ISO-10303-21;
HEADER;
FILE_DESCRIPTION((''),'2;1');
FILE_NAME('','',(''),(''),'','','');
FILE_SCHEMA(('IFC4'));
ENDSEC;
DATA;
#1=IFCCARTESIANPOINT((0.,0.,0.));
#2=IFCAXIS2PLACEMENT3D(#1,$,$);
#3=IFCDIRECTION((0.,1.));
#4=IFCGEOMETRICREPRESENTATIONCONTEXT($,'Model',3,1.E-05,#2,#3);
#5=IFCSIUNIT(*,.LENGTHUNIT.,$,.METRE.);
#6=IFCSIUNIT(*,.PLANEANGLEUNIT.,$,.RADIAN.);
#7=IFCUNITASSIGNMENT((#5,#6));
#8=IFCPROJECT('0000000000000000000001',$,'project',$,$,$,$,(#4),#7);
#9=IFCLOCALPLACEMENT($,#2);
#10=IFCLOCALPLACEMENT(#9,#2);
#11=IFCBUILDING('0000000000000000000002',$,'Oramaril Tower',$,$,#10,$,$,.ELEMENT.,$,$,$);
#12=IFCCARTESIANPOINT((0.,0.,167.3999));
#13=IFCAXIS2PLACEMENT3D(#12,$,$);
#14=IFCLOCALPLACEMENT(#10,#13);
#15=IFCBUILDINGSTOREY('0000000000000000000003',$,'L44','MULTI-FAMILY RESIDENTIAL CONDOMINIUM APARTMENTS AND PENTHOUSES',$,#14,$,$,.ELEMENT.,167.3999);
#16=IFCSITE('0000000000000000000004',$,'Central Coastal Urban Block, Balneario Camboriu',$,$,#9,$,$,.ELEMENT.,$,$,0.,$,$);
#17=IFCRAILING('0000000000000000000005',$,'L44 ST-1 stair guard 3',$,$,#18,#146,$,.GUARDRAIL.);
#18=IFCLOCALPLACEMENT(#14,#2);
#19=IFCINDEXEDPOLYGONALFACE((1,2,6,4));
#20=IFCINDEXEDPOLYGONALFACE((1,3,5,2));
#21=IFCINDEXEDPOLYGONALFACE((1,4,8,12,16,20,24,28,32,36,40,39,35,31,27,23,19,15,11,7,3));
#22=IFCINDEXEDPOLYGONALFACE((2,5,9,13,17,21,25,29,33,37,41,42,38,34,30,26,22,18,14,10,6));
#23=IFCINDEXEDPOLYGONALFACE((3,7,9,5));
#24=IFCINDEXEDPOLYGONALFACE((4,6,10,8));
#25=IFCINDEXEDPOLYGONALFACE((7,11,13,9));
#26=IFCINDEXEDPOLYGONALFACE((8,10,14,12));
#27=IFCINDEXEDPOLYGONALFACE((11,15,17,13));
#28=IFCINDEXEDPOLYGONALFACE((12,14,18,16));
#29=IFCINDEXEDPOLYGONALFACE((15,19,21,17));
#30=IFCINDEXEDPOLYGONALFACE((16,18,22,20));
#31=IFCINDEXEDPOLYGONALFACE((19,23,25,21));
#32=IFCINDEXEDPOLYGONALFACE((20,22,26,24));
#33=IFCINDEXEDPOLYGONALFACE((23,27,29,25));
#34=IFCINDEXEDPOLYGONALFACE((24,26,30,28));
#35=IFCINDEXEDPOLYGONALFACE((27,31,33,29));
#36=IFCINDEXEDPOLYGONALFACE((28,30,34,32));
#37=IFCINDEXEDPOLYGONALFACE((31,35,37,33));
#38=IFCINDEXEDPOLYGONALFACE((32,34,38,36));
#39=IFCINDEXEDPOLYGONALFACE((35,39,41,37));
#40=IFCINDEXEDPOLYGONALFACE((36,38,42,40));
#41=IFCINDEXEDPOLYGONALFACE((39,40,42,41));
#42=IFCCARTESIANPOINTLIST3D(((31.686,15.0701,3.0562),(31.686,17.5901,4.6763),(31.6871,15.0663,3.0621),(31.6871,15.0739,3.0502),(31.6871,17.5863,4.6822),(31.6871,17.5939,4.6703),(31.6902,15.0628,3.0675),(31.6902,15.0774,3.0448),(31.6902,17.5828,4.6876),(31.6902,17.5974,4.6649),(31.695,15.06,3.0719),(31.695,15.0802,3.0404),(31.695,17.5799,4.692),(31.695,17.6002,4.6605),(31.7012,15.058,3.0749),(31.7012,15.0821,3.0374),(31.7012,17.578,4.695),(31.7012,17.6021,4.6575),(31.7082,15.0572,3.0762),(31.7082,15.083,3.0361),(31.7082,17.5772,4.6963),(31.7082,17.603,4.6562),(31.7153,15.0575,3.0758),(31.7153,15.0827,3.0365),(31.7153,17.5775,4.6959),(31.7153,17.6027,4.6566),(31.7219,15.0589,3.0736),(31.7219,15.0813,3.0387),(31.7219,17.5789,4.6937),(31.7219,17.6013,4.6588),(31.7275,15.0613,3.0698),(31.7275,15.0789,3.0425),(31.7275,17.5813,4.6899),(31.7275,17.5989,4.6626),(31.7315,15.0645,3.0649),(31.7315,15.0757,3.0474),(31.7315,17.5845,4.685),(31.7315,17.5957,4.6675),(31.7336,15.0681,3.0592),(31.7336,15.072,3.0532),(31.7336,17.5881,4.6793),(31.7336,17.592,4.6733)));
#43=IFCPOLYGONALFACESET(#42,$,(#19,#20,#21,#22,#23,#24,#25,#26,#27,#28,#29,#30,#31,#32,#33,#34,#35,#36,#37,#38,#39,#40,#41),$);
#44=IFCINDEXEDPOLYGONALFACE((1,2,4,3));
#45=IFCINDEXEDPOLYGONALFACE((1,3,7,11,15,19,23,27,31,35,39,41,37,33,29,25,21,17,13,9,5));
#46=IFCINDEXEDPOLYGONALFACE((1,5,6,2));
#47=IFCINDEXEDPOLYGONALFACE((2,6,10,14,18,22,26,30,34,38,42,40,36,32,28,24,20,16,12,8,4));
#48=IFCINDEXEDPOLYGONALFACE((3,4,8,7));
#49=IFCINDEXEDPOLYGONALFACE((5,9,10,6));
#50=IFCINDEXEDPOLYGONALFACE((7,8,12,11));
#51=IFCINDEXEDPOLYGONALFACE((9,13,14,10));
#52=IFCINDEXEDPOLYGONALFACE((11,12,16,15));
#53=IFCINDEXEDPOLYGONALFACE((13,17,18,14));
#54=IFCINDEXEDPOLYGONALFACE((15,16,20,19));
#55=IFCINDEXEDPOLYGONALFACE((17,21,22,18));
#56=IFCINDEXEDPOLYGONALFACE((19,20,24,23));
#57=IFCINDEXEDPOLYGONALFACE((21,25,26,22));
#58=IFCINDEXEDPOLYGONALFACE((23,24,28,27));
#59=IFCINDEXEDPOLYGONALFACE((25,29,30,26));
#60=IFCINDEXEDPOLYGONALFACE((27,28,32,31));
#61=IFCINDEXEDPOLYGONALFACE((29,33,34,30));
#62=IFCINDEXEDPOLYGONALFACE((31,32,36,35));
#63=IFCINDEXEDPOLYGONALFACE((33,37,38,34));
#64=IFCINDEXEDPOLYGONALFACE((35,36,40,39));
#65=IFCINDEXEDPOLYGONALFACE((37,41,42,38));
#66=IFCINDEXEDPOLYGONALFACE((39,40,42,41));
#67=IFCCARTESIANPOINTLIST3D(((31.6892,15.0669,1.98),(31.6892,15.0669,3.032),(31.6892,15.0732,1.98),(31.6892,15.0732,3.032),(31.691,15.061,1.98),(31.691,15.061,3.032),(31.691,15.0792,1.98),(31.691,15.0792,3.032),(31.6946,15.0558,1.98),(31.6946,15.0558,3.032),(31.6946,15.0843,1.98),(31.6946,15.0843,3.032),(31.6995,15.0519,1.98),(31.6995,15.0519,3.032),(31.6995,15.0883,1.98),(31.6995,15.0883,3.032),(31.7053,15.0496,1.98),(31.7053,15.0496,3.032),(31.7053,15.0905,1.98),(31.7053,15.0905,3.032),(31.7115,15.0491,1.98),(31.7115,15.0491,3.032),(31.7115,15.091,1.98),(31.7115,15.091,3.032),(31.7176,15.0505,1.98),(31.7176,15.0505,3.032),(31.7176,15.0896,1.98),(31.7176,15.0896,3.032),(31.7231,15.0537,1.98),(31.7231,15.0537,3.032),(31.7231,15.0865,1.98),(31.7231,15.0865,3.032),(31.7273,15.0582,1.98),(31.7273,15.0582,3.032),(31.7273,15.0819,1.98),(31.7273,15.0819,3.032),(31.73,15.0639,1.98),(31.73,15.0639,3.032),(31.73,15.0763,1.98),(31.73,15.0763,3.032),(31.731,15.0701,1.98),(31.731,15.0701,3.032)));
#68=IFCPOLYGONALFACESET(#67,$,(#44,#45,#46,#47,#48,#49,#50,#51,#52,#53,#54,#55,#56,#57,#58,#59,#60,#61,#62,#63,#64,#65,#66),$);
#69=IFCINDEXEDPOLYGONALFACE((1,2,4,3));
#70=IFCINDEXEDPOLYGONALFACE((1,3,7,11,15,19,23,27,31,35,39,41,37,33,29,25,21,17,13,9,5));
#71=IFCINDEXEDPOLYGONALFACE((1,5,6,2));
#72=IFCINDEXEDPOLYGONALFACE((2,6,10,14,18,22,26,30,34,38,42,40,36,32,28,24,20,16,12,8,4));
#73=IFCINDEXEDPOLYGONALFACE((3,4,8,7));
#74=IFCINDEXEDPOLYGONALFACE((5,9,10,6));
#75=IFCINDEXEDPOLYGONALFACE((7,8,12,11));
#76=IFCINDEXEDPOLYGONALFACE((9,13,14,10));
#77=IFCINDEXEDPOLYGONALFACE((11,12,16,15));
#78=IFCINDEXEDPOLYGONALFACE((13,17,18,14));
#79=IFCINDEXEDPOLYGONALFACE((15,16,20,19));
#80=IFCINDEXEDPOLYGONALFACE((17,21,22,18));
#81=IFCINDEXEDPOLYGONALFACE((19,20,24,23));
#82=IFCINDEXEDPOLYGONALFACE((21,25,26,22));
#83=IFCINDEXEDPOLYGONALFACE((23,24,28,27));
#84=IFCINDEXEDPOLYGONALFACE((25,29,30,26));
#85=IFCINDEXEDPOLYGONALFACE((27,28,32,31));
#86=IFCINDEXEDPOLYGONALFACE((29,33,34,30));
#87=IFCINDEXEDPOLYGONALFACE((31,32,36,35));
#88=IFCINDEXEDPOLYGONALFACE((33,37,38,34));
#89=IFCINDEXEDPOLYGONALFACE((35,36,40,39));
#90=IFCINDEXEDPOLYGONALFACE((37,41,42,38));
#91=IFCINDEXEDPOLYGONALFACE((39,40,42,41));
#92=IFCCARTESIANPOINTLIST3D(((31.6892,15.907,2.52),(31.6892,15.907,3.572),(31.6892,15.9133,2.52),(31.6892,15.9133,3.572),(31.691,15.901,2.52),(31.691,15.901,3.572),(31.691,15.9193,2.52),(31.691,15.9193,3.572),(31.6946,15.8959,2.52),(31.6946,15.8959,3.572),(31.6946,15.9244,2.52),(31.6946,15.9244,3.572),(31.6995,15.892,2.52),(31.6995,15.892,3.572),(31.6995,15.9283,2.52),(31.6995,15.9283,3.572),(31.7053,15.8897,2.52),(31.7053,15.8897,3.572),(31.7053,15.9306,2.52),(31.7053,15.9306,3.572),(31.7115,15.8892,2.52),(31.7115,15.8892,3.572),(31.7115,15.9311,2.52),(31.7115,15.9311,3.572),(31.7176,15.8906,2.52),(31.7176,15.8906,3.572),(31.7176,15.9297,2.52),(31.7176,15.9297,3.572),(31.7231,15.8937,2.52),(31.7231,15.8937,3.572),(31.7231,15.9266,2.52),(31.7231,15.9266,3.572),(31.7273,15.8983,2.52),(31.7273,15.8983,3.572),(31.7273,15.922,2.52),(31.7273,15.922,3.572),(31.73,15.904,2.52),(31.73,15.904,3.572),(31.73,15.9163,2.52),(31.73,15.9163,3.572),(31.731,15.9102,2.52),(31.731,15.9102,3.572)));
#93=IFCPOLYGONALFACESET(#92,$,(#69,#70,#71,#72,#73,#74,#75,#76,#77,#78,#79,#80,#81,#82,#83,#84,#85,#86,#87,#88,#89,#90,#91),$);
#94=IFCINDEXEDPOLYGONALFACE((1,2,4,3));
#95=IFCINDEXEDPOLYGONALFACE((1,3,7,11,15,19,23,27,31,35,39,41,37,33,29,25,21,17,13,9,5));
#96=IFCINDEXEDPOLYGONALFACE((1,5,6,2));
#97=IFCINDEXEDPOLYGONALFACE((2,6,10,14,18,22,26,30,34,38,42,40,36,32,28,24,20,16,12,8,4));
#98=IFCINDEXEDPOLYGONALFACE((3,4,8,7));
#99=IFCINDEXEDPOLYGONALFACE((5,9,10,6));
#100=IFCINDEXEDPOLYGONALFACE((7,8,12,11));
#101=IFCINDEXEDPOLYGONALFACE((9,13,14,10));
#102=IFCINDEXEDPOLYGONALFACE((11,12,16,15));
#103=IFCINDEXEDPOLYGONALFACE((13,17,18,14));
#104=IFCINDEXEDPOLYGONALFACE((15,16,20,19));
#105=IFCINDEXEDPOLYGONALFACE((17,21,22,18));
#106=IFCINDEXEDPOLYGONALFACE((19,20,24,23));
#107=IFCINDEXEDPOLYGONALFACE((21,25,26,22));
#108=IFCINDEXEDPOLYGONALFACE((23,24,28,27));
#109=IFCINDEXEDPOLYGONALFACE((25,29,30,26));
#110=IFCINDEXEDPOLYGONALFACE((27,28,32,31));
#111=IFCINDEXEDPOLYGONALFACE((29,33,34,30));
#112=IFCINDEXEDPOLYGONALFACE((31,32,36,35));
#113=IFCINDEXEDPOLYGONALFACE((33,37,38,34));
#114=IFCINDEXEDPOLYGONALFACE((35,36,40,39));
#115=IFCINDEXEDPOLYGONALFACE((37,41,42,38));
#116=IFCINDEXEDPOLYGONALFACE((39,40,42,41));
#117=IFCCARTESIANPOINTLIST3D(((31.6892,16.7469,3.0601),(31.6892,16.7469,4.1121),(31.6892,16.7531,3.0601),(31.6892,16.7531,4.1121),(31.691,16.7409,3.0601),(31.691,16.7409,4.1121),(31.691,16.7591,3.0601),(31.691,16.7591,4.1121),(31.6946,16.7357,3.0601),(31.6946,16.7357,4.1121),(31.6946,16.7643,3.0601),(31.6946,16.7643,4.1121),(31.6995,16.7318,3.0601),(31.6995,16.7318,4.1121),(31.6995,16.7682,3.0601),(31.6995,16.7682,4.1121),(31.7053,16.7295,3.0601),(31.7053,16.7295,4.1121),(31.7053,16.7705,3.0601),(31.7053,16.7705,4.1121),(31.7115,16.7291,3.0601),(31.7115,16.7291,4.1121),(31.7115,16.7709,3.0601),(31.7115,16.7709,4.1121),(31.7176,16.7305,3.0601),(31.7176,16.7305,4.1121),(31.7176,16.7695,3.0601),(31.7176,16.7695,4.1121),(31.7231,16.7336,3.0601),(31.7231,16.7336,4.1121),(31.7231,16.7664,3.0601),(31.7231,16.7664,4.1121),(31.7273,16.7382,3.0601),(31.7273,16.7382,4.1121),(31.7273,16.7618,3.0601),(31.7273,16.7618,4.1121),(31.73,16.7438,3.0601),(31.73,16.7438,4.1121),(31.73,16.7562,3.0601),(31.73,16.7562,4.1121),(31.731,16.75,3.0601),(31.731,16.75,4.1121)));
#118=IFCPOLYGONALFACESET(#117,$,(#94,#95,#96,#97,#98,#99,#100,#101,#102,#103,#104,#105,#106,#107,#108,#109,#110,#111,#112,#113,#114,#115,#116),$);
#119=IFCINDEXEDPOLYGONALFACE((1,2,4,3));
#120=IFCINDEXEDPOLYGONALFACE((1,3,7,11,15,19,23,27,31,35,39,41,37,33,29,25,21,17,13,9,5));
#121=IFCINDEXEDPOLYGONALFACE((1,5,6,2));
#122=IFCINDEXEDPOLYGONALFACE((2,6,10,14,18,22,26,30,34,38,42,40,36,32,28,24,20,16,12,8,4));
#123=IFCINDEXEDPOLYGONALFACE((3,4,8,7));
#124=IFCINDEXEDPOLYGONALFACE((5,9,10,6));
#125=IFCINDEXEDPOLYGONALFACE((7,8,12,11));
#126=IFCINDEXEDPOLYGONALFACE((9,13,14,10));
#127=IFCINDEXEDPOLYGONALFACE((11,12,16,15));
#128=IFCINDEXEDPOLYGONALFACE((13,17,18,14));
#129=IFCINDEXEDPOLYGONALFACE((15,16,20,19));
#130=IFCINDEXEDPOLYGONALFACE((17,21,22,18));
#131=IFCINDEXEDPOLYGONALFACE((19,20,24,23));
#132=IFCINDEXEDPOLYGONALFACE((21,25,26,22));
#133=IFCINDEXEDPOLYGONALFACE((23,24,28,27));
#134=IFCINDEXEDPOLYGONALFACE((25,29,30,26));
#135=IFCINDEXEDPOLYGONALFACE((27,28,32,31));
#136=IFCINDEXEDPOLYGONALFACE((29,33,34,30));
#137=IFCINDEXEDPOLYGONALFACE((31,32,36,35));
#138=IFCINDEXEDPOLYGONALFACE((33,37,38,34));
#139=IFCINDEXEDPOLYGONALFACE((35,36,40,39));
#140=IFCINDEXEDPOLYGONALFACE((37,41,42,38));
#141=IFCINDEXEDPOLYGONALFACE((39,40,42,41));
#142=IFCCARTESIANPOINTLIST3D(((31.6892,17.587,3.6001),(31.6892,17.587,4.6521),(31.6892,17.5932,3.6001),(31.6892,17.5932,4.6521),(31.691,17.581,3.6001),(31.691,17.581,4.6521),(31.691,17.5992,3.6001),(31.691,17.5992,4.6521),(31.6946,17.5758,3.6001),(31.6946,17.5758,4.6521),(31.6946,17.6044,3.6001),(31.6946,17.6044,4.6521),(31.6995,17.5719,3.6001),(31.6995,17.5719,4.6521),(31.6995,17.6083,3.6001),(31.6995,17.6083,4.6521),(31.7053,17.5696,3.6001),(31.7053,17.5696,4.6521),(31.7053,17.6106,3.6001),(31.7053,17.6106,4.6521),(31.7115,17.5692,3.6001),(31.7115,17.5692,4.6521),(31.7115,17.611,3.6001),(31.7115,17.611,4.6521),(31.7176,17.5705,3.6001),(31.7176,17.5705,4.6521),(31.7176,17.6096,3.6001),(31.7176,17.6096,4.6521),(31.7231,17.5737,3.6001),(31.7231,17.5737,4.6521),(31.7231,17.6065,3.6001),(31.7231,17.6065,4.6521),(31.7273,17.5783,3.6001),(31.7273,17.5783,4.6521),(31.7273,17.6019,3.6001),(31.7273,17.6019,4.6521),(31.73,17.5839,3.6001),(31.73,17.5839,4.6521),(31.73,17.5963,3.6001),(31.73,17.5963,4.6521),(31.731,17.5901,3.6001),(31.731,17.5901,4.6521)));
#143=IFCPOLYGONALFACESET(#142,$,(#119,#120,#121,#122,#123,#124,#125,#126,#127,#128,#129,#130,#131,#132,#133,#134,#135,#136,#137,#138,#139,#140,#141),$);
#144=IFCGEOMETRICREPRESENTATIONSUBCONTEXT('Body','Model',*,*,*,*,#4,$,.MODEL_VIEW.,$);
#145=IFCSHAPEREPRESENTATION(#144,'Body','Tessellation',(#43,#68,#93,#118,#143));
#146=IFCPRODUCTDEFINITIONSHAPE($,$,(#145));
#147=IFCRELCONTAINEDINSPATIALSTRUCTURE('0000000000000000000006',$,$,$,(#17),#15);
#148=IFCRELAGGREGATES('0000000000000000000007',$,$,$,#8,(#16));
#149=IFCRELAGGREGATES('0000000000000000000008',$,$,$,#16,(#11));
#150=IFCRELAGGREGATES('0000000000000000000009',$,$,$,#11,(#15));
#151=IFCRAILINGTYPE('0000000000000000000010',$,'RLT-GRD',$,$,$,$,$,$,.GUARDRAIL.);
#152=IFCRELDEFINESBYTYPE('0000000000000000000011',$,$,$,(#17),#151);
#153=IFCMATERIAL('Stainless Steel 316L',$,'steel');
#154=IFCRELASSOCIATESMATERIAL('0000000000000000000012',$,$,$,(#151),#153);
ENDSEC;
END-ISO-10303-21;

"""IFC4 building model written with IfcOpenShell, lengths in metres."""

from ifc_helpers import new_model, si_unit, direction, frame, origin, origin_2d, place, context, subcontext, project, spatial, circle, extrude, material, type_object, element, save


model = new_model("IFC4")

# Units and contexts
model_context = context("Model", 3, precision=1e-05, world=origin(), true_north=direction((0.0, 1.0)))
body_context = subcontext(model_context, "Body", "Model", "MODEL_VIEW")
ifc_project = project(units=[si_unit("LENGTHUNIT", "METRE"), si_unit("PLANEANGLEUNIT", "RADIAN")], contexts=[model_context])

# Site, building, storey
site_placement = place(None, origin())
site = spatial("IfcSite", under=ifc_project, at=site_placement, Name="Central Coastal Urban Block, Balneario Camboriu", CompositionType="ELEMENT", RefElevation=0.0)
building_placement = place(site_placement, origin())
building = spatial("IfcBuilding", under=site, at=building_placement, Name="Oramaril Tower", CompositionType="ELEMENT")
storey_placement = place(building_placement, frame((0.0, 0.0, 167.3999)))
storey = spatial("IfcBuildingStorey", under=building, at=storey_placement, Name="L44", Description="MULTI-FAMILY RESIDENTIAL CONDOMINIUM APARTMENTS AND PENTHOUSES", CompositionType="ELEMENT", Elevation=167.3999)

# Railing
ifc_material_1 = material(Name="Stainless Steel 316L", Category="steel")
railing_type_1 = type_object("IfcRailingType", Name="RLT-GRD", PredefinedType="GUARDRAIL", material=ifc_material_1)
railing_1_placement = place(storey_placement, frame((31.71, 15.0701, 1.98)))
element("IfcRailing", 1, at=railing_1_placement, inside=storey, type_object=railing_type_1, Name="L44 ST-1 stair guard 3", PredefinedType="GUARDRAIL", context=body_context, shape_type="SweptSolid", body=[
    extrude(circle(Radius=0.0239, at=origin_2d()), frame((0.0, 0.0, 1.0762), z_axis=(0.0, 0.841163, 0.540782), x_axis=(-1.0, 0.0, 0.0)), (0.0, 0.0, 1.0), 2.9958),
    extrude(circle(Radius=0.021, at=origin_2d()), origin(), (0.0, 0.0, 1.0), 1.052),
    extrude(circle(Radius=0.021, at=origin_2d()), frame((0.0, 0.8401, 0.54)), (0.0, 0.0, 1.0), 1.052),
    extrude(circle(Radius=0.021, at=origin_2d()), frame((0.0, 1.6799, 1.0801)), (0.0, 0.0, 1.0), 1.052),
    extrude(circle(Radius=0.021, at=origin_2d()), frame((0.0, 2.52, 1.6201)), (0.0, 0.0, 1.0), 1.052),
])

save(model, "model.ifc")
